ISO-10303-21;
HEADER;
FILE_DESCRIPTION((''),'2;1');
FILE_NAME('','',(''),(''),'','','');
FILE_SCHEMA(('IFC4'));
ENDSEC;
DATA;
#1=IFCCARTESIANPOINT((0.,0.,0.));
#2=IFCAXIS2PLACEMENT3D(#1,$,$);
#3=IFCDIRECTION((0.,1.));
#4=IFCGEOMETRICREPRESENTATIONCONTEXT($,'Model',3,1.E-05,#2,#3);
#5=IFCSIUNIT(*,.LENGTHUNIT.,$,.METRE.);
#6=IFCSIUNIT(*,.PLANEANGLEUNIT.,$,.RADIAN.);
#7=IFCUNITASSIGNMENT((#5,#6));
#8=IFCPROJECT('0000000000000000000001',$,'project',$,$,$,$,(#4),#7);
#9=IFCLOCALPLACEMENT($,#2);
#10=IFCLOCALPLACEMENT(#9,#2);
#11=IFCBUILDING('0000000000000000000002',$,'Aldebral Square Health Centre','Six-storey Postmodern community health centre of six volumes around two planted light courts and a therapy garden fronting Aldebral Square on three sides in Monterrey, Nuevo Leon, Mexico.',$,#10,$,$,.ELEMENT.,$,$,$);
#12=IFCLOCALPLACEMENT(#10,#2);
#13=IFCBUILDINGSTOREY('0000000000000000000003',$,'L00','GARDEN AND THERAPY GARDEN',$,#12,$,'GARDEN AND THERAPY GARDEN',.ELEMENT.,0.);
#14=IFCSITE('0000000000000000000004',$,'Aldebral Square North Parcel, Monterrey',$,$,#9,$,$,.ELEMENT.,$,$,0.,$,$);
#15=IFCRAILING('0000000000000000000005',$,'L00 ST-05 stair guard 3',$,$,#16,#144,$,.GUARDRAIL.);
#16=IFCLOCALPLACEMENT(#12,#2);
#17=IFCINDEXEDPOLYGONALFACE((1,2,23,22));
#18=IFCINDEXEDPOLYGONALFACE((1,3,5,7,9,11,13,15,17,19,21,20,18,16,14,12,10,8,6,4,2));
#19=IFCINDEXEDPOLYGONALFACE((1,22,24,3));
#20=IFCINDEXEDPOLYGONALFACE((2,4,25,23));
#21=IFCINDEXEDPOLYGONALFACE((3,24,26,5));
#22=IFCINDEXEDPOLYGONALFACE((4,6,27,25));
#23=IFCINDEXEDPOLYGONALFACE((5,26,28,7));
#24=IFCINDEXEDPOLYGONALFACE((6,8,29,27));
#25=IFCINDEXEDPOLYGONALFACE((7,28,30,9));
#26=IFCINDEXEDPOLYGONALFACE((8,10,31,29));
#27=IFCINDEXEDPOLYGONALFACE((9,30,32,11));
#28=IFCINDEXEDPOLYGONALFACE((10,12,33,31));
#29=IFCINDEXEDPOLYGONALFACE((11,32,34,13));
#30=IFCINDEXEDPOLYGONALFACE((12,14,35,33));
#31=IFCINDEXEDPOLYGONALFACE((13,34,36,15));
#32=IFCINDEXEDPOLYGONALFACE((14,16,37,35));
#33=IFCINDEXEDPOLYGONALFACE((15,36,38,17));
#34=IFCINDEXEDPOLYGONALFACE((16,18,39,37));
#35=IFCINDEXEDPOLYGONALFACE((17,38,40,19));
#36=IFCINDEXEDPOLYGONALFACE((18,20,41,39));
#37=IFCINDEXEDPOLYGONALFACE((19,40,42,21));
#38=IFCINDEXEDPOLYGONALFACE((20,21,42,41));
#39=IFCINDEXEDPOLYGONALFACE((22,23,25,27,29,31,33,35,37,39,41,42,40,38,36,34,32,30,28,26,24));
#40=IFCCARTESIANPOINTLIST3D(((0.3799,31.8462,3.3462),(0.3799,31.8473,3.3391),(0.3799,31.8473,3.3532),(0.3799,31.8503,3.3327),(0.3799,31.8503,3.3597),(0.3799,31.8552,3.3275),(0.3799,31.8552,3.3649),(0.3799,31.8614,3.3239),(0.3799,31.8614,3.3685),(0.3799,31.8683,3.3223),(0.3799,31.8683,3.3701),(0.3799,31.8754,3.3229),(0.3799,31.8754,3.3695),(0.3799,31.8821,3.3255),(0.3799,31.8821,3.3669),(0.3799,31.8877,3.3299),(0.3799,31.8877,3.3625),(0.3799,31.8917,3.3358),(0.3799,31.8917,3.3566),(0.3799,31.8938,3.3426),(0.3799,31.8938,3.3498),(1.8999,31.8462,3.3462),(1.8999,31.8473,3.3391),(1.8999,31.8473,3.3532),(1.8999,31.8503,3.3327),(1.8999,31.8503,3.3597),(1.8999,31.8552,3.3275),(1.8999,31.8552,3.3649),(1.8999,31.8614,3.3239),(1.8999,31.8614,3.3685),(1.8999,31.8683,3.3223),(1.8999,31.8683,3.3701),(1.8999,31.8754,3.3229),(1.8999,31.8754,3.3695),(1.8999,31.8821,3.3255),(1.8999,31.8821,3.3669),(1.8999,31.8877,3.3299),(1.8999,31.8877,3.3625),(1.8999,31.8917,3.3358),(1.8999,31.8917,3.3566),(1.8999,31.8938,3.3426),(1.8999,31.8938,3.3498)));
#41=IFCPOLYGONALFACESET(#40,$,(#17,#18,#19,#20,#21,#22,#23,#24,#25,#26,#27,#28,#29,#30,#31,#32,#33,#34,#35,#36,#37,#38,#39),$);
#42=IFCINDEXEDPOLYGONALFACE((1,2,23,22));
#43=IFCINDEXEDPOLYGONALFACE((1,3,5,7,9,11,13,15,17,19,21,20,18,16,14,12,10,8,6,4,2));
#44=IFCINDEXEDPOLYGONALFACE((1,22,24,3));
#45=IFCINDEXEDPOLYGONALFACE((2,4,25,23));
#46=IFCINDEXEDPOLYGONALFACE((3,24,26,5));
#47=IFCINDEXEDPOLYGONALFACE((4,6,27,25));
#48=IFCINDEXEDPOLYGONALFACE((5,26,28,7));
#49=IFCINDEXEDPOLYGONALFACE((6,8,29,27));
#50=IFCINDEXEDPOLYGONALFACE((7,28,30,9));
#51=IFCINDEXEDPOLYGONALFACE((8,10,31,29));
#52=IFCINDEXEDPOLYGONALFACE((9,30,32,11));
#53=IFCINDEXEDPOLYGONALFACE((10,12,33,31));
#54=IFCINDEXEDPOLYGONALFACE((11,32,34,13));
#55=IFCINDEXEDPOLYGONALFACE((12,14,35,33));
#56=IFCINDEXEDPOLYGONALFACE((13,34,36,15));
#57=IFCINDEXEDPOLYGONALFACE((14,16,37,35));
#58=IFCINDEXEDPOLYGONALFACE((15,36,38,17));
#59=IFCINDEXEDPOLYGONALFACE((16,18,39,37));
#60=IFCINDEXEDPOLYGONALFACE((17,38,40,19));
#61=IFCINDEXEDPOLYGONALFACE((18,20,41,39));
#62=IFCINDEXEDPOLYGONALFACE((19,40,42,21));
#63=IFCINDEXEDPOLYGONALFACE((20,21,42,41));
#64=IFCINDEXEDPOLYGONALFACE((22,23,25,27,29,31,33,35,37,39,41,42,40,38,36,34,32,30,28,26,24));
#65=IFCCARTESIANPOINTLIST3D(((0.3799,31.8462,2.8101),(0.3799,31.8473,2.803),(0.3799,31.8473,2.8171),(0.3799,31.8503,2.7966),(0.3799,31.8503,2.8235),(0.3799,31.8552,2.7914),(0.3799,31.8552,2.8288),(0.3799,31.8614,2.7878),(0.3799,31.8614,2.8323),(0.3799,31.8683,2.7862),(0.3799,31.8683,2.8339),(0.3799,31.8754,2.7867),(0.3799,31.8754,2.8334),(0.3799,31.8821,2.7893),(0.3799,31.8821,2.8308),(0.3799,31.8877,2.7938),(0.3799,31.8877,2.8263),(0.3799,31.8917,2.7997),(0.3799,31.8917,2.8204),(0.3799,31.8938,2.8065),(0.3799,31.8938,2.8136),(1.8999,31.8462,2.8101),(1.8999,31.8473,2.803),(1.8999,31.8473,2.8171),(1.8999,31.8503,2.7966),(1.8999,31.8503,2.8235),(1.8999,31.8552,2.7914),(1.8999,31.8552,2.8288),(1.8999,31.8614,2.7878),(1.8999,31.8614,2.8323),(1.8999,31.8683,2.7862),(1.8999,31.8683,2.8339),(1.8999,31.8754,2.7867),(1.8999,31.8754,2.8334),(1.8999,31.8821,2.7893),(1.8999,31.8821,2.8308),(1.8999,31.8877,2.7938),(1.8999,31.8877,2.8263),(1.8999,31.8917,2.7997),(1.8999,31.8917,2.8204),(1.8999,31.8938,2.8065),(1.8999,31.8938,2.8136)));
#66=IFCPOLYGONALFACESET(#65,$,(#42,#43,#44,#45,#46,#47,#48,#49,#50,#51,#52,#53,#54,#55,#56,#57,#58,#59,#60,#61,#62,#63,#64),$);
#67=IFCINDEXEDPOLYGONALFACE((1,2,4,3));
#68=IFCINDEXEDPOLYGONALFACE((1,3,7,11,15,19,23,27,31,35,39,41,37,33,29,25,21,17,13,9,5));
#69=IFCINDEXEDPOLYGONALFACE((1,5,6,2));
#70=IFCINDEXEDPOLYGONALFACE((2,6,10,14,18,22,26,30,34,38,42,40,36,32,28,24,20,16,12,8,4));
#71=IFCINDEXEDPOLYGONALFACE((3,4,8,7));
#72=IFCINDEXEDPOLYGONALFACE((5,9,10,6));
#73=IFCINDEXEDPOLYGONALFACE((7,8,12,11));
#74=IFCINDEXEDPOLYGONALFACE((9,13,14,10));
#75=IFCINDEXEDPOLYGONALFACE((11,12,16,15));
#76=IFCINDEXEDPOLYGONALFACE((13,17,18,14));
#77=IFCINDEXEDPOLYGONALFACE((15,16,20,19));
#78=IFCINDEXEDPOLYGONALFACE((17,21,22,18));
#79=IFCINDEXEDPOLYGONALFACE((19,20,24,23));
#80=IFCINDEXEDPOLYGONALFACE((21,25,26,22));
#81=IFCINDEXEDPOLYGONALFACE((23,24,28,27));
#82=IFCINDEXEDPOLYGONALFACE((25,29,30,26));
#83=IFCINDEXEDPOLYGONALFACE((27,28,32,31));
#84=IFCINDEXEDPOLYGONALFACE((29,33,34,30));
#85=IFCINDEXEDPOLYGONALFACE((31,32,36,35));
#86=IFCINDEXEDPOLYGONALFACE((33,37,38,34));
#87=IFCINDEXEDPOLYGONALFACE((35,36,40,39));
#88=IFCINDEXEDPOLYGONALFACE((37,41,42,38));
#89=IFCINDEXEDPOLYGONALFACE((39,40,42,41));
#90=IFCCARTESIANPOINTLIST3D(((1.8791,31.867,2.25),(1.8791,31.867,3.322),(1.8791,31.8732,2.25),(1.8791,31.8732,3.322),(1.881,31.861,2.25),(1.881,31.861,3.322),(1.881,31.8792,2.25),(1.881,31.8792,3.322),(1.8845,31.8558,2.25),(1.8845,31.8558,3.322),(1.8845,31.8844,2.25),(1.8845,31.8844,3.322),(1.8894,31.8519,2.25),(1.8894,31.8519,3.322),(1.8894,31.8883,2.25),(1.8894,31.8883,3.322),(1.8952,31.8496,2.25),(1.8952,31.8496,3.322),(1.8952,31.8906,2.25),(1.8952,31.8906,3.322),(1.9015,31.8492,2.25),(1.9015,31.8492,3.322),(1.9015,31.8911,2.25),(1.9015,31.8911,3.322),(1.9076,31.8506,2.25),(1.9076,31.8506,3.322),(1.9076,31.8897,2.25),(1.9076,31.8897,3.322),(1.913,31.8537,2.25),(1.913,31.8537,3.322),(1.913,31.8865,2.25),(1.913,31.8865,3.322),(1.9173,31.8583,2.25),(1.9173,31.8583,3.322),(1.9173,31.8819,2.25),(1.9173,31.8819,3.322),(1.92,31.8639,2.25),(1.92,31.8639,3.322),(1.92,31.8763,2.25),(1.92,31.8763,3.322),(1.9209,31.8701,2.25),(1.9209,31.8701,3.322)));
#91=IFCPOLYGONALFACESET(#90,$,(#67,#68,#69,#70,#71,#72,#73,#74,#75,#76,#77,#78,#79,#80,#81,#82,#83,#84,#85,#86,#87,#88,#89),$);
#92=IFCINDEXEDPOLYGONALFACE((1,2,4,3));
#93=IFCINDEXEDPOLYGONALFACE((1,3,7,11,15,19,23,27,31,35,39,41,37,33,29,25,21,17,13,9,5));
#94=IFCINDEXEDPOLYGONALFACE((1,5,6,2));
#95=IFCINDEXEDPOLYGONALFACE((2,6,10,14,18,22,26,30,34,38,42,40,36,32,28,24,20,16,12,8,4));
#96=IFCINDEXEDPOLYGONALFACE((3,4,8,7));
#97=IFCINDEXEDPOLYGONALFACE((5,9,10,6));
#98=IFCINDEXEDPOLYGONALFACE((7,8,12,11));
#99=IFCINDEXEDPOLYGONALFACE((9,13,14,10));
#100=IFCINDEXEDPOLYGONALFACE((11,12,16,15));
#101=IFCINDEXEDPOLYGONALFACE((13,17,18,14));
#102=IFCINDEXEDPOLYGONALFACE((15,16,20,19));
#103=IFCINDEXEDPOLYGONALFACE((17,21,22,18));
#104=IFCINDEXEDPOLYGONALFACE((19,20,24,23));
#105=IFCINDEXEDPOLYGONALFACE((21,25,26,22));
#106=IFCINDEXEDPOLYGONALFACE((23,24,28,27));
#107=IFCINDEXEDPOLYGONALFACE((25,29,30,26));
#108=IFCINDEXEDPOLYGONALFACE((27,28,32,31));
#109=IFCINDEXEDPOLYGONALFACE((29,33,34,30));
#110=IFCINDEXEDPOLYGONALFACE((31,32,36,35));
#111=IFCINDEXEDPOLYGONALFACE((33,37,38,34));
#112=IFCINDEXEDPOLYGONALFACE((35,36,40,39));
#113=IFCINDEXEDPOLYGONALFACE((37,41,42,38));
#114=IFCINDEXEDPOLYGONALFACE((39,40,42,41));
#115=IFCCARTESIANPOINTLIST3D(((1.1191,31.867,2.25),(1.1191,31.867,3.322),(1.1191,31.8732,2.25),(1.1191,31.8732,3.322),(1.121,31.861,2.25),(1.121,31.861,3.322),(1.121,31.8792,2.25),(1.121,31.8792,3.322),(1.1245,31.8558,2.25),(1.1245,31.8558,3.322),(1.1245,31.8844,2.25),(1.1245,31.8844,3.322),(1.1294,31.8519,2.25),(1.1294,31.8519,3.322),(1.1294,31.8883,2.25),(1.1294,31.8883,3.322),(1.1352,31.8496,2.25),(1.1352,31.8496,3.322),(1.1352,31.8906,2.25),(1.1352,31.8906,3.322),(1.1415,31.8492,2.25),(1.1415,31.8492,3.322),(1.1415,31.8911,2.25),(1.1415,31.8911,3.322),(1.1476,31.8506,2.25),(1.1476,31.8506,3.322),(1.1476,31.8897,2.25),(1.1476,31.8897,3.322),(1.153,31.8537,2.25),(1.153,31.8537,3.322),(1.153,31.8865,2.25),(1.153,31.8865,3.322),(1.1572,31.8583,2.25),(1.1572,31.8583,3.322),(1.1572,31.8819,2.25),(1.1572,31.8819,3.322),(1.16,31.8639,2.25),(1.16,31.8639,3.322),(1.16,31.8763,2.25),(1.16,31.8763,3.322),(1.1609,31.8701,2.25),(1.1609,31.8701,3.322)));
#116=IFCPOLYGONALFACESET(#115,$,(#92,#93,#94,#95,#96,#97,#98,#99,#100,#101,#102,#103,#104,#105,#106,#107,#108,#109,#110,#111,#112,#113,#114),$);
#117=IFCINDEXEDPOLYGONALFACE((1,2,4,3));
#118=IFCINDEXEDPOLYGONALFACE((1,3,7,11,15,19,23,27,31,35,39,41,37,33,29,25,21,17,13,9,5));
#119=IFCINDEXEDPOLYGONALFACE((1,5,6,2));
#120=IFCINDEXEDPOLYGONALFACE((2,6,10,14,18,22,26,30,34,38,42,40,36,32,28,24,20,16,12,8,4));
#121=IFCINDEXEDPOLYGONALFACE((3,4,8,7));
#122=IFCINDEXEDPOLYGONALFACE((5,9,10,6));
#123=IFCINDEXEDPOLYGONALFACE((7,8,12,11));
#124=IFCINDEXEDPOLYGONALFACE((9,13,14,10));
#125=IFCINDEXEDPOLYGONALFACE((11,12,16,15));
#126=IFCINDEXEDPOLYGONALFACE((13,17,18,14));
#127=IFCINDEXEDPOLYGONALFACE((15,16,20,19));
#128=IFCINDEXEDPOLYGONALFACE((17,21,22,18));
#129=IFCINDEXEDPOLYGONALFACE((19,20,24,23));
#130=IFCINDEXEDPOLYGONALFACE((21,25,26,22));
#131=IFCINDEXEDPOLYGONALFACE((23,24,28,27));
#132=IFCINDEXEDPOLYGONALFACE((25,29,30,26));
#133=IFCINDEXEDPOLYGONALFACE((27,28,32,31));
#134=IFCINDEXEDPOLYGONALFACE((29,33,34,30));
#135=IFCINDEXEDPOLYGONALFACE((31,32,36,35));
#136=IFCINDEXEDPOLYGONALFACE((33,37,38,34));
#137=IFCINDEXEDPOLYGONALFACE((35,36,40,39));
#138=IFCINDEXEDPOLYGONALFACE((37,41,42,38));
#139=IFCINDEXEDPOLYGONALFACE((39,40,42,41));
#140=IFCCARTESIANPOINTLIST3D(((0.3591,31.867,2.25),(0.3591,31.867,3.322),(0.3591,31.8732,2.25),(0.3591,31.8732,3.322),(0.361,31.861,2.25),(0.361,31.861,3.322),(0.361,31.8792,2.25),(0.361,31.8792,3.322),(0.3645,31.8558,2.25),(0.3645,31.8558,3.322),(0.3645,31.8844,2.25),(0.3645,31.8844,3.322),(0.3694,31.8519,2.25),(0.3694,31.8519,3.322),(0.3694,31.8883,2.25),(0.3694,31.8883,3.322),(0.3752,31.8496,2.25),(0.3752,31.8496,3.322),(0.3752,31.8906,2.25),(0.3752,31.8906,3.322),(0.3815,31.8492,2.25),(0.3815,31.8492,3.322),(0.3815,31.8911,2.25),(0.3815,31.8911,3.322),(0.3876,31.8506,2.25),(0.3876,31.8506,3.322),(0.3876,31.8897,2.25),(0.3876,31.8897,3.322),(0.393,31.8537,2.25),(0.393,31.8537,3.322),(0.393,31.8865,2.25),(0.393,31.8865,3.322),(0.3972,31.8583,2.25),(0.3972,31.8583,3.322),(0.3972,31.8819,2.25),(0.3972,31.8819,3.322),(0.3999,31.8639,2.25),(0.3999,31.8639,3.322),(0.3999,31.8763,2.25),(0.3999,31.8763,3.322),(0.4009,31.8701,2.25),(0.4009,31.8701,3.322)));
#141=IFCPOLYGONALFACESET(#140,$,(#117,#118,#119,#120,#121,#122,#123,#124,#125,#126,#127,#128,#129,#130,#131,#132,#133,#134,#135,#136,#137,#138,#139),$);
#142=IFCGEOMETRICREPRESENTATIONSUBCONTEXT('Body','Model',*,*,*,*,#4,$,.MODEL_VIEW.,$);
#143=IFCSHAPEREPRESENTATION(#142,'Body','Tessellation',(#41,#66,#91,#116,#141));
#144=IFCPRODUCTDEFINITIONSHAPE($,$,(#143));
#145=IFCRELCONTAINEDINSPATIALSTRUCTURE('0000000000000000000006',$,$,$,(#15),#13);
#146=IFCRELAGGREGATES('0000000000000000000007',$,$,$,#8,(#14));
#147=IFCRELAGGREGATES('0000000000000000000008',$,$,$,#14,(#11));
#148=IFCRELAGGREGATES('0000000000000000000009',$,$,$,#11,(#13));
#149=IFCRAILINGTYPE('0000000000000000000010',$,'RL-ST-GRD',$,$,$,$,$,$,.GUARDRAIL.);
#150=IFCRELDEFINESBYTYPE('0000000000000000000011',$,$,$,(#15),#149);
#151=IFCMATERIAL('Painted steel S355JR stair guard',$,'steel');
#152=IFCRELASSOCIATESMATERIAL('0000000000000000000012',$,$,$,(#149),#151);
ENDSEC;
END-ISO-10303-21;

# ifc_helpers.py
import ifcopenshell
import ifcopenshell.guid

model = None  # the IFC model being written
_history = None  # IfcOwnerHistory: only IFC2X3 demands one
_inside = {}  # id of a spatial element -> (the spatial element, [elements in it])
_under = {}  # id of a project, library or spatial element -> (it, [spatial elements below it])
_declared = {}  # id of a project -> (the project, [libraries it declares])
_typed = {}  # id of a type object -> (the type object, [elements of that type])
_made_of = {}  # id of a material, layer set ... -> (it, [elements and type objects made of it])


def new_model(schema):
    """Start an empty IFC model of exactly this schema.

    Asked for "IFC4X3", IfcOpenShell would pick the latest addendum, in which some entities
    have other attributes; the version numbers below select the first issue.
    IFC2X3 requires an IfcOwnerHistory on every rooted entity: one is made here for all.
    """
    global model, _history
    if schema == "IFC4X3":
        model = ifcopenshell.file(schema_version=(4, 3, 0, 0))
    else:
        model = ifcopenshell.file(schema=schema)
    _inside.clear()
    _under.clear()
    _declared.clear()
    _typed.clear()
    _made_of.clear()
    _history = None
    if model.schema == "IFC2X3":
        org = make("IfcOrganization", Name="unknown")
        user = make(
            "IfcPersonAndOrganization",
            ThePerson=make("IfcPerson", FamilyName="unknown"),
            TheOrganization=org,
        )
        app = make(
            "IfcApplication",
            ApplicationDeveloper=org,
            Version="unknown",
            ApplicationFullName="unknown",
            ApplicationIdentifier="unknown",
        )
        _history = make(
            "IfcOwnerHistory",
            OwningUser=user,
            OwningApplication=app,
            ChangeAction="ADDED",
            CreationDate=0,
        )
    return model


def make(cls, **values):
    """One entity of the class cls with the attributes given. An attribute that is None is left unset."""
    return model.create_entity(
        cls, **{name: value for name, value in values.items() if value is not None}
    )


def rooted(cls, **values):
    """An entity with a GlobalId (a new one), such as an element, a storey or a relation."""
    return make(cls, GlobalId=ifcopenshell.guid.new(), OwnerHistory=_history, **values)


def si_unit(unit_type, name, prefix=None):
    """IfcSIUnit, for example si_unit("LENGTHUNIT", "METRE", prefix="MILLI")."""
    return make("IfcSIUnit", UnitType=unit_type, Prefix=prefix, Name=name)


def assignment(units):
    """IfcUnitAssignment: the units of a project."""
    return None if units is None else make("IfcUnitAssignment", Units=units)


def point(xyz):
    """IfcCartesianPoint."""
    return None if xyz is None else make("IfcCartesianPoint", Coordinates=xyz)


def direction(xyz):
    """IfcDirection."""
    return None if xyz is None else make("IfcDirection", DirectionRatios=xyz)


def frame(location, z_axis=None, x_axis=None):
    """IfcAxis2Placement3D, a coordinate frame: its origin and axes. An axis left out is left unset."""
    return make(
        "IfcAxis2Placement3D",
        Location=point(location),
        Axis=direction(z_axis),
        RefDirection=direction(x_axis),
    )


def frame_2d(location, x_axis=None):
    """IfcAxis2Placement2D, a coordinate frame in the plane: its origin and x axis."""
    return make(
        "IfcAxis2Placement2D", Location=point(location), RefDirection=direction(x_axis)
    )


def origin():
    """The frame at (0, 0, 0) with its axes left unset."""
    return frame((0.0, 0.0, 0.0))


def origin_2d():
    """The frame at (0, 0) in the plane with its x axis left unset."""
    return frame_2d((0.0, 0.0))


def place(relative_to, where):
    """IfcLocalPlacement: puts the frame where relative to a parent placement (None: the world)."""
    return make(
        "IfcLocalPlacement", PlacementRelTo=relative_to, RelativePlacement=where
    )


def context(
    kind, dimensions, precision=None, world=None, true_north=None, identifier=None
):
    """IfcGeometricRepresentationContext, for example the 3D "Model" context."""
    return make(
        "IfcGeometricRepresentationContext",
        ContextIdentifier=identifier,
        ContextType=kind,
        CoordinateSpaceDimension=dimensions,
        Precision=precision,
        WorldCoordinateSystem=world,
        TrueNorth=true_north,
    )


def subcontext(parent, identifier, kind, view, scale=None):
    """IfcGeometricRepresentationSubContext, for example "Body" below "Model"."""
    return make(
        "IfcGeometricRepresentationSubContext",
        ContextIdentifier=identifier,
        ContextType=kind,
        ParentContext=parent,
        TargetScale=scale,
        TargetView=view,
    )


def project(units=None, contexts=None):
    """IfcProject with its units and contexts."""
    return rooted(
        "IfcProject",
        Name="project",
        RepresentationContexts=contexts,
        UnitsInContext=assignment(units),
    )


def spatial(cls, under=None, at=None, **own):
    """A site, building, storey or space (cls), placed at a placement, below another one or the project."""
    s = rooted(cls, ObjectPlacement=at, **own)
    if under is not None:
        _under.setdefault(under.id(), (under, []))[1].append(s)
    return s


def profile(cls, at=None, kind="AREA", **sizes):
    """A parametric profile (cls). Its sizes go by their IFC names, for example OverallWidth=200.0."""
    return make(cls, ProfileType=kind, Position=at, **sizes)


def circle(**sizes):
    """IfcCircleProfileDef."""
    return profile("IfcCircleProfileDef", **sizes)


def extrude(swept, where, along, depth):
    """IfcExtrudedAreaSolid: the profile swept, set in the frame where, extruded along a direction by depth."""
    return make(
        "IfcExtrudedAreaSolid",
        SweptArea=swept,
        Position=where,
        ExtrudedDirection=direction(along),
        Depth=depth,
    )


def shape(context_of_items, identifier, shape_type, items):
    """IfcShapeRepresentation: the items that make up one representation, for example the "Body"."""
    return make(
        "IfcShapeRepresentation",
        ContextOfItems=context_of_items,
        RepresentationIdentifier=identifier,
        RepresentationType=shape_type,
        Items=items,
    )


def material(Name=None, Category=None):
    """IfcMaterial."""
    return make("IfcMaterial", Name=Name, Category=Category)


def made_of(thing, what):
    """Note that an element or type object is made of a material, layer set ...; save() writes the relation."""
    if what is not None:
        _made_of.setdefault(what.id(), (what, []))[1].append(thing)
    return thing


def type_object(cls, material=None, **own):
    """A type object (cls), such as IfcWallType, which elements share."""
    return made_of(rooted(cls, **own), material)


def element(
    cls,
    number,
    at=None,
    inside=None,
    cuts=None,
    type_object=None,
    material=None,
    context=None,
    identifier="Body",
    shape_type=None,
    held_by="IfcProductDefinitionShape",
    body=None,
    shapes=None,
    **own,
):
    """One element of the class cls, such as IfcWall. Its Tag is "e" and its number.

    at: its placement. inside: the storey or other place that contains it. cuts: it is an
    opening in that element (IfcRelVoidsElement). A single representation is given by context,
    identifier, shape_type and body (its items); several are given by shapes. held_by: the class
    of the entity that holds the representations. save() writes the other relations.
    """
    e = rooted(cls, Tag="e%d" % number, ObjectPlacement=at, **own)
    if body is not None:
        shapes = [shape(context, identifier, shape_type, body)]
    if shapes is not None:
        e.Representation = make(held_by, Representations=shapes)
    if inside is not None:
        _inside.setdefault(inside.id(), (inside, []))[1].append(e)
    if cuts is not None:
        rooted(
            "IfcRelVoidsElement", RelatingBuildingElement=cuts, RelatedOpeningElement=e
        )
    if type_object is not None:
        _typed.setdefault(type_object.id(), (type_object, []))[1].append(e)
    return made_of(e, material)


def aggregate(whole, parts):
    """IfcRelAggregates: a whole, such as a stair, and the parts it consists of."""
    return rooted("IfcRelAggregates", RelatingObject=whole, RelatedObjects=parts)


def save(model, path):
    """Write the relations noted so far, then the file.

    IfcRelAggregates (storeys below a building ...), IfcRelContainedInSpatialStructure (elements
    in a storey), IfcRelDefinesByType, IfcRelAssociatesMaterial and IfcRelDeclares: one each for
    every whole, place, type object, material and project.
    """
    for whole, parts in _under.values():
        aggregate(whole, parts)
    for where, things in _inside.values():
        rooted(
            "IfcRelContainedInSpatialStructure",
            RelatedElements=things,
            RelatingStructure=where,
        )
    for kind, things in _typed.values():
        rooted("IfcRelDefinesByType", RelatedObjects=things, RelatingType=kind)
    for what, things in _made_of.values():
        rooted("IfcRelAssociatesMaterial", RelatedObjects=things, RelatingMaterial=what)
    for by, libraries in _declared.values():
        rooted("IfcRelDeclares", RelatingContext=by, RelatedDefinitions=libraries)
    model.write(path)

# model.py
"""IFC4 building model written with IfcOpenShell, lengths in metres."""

from ifc_helpers import new_model, si_unit, direction, frame, origin, origin_2d, place, context, subcontext, project, spatial, circle, extrude, material, type_object, element, save


model = new_model("IFC4")

# Units and contexts
model_context = context("Model", 3, precision=1e-05, world=origin(), true_north=direction((0.0, 1.0)))
body_context = subcontext(model_context, "Body", "Model", "MODEL_VIEW")
ifc_project = project(units=[si_unit("LENGTHUNIT", "METRE"), si_unit("PLANEANGLEUNIT", "RADIAN")], contexts=[model_context])

# Site, building, storey
site_placement = place(None, origin())
site = spatial("IfcSite", under=ifc_project, at=site_placement, Name="Aldebral Square North Parcel, Monterrey", CompositionType="ELEMENT", RefElevation=0.0)
building_placement = place(site_placement, origin())
building = spatial("IfcBuilding", under=site, at=building_placement, Name="Aldebral Square Health Centre", Description="Six-storey Postmodern community health centre of six volumes around two planted light courts and a therapy garden fronting Aldebral Square on three sides in Monterrey, Nuevo Leon, Mexico.", CompositionType="ELEMENT")
storey_placement = place(building_placement, origin())
storey = spatial("IfcBuildingStorey", under=building, at=storey_placement, Name="L00", Description="GARDEN AND THERAPY GARDEN", LongName="GARDEN AND THERAPY GARDEN", CompositionType="ELEMENT", Elevation=0.0)

# Railing
ifc_material_1 = material(Name="Painted steel S355JR stair guard", Category="steel")
railing_type_1 = type_object("IfcRailingType", Name="RL-ST-GRD", PredefinedType="GUARDRAIL", material=ifc_material_1)
railing_1_placement = place(storey_placement, frame((1.8999, 31.8701, 2.25)))
element("IfcRailing", 1, at=railing_1_placement, inside=storey, type_object=railing_type_1, Name="L00 ST-05 stair guard 3", PredefinedType="GUARDRAIL", context=body_context, shape_type="SweptSolid", body=[
    extrude(circle(Radius=0.0239, at=origin_2d()), frame((0.0, 0.0, 1.0962), z_axis=(-1.0, 0.0, 0.0), x_axis=(0.0, -1.0, 0.0)), (0.0, 0.0, 1.0), 1.52),
    extrude(circle(Radius=0.0239, at=origin_2d()), frame((0.0, 0.0, 0.5601), z_axis=(-1.0, 0.0, 0.0), x_axis=(0.0, -1.0, 0.0)), (0.0, 0.0, 1.0), 1.52),
    extrude(circle(Radius=0.021, at=origin_2d()), origin(), (0.0, 0.0, 1.0), 1.072),
    extrude(circle(Radius=0.021, at=origin_2d()), frame((-0.76, 0.0, 0.0)), (0.0, 0.0, 1.0), 1.072),
    extrude(circle(Radius=0.021, at=origin_2d()), frame((-1.52, 0.0, 0.0)), (0.0, 0.0, 1.0), 1.072),
])

save(model, "model.ifc")
